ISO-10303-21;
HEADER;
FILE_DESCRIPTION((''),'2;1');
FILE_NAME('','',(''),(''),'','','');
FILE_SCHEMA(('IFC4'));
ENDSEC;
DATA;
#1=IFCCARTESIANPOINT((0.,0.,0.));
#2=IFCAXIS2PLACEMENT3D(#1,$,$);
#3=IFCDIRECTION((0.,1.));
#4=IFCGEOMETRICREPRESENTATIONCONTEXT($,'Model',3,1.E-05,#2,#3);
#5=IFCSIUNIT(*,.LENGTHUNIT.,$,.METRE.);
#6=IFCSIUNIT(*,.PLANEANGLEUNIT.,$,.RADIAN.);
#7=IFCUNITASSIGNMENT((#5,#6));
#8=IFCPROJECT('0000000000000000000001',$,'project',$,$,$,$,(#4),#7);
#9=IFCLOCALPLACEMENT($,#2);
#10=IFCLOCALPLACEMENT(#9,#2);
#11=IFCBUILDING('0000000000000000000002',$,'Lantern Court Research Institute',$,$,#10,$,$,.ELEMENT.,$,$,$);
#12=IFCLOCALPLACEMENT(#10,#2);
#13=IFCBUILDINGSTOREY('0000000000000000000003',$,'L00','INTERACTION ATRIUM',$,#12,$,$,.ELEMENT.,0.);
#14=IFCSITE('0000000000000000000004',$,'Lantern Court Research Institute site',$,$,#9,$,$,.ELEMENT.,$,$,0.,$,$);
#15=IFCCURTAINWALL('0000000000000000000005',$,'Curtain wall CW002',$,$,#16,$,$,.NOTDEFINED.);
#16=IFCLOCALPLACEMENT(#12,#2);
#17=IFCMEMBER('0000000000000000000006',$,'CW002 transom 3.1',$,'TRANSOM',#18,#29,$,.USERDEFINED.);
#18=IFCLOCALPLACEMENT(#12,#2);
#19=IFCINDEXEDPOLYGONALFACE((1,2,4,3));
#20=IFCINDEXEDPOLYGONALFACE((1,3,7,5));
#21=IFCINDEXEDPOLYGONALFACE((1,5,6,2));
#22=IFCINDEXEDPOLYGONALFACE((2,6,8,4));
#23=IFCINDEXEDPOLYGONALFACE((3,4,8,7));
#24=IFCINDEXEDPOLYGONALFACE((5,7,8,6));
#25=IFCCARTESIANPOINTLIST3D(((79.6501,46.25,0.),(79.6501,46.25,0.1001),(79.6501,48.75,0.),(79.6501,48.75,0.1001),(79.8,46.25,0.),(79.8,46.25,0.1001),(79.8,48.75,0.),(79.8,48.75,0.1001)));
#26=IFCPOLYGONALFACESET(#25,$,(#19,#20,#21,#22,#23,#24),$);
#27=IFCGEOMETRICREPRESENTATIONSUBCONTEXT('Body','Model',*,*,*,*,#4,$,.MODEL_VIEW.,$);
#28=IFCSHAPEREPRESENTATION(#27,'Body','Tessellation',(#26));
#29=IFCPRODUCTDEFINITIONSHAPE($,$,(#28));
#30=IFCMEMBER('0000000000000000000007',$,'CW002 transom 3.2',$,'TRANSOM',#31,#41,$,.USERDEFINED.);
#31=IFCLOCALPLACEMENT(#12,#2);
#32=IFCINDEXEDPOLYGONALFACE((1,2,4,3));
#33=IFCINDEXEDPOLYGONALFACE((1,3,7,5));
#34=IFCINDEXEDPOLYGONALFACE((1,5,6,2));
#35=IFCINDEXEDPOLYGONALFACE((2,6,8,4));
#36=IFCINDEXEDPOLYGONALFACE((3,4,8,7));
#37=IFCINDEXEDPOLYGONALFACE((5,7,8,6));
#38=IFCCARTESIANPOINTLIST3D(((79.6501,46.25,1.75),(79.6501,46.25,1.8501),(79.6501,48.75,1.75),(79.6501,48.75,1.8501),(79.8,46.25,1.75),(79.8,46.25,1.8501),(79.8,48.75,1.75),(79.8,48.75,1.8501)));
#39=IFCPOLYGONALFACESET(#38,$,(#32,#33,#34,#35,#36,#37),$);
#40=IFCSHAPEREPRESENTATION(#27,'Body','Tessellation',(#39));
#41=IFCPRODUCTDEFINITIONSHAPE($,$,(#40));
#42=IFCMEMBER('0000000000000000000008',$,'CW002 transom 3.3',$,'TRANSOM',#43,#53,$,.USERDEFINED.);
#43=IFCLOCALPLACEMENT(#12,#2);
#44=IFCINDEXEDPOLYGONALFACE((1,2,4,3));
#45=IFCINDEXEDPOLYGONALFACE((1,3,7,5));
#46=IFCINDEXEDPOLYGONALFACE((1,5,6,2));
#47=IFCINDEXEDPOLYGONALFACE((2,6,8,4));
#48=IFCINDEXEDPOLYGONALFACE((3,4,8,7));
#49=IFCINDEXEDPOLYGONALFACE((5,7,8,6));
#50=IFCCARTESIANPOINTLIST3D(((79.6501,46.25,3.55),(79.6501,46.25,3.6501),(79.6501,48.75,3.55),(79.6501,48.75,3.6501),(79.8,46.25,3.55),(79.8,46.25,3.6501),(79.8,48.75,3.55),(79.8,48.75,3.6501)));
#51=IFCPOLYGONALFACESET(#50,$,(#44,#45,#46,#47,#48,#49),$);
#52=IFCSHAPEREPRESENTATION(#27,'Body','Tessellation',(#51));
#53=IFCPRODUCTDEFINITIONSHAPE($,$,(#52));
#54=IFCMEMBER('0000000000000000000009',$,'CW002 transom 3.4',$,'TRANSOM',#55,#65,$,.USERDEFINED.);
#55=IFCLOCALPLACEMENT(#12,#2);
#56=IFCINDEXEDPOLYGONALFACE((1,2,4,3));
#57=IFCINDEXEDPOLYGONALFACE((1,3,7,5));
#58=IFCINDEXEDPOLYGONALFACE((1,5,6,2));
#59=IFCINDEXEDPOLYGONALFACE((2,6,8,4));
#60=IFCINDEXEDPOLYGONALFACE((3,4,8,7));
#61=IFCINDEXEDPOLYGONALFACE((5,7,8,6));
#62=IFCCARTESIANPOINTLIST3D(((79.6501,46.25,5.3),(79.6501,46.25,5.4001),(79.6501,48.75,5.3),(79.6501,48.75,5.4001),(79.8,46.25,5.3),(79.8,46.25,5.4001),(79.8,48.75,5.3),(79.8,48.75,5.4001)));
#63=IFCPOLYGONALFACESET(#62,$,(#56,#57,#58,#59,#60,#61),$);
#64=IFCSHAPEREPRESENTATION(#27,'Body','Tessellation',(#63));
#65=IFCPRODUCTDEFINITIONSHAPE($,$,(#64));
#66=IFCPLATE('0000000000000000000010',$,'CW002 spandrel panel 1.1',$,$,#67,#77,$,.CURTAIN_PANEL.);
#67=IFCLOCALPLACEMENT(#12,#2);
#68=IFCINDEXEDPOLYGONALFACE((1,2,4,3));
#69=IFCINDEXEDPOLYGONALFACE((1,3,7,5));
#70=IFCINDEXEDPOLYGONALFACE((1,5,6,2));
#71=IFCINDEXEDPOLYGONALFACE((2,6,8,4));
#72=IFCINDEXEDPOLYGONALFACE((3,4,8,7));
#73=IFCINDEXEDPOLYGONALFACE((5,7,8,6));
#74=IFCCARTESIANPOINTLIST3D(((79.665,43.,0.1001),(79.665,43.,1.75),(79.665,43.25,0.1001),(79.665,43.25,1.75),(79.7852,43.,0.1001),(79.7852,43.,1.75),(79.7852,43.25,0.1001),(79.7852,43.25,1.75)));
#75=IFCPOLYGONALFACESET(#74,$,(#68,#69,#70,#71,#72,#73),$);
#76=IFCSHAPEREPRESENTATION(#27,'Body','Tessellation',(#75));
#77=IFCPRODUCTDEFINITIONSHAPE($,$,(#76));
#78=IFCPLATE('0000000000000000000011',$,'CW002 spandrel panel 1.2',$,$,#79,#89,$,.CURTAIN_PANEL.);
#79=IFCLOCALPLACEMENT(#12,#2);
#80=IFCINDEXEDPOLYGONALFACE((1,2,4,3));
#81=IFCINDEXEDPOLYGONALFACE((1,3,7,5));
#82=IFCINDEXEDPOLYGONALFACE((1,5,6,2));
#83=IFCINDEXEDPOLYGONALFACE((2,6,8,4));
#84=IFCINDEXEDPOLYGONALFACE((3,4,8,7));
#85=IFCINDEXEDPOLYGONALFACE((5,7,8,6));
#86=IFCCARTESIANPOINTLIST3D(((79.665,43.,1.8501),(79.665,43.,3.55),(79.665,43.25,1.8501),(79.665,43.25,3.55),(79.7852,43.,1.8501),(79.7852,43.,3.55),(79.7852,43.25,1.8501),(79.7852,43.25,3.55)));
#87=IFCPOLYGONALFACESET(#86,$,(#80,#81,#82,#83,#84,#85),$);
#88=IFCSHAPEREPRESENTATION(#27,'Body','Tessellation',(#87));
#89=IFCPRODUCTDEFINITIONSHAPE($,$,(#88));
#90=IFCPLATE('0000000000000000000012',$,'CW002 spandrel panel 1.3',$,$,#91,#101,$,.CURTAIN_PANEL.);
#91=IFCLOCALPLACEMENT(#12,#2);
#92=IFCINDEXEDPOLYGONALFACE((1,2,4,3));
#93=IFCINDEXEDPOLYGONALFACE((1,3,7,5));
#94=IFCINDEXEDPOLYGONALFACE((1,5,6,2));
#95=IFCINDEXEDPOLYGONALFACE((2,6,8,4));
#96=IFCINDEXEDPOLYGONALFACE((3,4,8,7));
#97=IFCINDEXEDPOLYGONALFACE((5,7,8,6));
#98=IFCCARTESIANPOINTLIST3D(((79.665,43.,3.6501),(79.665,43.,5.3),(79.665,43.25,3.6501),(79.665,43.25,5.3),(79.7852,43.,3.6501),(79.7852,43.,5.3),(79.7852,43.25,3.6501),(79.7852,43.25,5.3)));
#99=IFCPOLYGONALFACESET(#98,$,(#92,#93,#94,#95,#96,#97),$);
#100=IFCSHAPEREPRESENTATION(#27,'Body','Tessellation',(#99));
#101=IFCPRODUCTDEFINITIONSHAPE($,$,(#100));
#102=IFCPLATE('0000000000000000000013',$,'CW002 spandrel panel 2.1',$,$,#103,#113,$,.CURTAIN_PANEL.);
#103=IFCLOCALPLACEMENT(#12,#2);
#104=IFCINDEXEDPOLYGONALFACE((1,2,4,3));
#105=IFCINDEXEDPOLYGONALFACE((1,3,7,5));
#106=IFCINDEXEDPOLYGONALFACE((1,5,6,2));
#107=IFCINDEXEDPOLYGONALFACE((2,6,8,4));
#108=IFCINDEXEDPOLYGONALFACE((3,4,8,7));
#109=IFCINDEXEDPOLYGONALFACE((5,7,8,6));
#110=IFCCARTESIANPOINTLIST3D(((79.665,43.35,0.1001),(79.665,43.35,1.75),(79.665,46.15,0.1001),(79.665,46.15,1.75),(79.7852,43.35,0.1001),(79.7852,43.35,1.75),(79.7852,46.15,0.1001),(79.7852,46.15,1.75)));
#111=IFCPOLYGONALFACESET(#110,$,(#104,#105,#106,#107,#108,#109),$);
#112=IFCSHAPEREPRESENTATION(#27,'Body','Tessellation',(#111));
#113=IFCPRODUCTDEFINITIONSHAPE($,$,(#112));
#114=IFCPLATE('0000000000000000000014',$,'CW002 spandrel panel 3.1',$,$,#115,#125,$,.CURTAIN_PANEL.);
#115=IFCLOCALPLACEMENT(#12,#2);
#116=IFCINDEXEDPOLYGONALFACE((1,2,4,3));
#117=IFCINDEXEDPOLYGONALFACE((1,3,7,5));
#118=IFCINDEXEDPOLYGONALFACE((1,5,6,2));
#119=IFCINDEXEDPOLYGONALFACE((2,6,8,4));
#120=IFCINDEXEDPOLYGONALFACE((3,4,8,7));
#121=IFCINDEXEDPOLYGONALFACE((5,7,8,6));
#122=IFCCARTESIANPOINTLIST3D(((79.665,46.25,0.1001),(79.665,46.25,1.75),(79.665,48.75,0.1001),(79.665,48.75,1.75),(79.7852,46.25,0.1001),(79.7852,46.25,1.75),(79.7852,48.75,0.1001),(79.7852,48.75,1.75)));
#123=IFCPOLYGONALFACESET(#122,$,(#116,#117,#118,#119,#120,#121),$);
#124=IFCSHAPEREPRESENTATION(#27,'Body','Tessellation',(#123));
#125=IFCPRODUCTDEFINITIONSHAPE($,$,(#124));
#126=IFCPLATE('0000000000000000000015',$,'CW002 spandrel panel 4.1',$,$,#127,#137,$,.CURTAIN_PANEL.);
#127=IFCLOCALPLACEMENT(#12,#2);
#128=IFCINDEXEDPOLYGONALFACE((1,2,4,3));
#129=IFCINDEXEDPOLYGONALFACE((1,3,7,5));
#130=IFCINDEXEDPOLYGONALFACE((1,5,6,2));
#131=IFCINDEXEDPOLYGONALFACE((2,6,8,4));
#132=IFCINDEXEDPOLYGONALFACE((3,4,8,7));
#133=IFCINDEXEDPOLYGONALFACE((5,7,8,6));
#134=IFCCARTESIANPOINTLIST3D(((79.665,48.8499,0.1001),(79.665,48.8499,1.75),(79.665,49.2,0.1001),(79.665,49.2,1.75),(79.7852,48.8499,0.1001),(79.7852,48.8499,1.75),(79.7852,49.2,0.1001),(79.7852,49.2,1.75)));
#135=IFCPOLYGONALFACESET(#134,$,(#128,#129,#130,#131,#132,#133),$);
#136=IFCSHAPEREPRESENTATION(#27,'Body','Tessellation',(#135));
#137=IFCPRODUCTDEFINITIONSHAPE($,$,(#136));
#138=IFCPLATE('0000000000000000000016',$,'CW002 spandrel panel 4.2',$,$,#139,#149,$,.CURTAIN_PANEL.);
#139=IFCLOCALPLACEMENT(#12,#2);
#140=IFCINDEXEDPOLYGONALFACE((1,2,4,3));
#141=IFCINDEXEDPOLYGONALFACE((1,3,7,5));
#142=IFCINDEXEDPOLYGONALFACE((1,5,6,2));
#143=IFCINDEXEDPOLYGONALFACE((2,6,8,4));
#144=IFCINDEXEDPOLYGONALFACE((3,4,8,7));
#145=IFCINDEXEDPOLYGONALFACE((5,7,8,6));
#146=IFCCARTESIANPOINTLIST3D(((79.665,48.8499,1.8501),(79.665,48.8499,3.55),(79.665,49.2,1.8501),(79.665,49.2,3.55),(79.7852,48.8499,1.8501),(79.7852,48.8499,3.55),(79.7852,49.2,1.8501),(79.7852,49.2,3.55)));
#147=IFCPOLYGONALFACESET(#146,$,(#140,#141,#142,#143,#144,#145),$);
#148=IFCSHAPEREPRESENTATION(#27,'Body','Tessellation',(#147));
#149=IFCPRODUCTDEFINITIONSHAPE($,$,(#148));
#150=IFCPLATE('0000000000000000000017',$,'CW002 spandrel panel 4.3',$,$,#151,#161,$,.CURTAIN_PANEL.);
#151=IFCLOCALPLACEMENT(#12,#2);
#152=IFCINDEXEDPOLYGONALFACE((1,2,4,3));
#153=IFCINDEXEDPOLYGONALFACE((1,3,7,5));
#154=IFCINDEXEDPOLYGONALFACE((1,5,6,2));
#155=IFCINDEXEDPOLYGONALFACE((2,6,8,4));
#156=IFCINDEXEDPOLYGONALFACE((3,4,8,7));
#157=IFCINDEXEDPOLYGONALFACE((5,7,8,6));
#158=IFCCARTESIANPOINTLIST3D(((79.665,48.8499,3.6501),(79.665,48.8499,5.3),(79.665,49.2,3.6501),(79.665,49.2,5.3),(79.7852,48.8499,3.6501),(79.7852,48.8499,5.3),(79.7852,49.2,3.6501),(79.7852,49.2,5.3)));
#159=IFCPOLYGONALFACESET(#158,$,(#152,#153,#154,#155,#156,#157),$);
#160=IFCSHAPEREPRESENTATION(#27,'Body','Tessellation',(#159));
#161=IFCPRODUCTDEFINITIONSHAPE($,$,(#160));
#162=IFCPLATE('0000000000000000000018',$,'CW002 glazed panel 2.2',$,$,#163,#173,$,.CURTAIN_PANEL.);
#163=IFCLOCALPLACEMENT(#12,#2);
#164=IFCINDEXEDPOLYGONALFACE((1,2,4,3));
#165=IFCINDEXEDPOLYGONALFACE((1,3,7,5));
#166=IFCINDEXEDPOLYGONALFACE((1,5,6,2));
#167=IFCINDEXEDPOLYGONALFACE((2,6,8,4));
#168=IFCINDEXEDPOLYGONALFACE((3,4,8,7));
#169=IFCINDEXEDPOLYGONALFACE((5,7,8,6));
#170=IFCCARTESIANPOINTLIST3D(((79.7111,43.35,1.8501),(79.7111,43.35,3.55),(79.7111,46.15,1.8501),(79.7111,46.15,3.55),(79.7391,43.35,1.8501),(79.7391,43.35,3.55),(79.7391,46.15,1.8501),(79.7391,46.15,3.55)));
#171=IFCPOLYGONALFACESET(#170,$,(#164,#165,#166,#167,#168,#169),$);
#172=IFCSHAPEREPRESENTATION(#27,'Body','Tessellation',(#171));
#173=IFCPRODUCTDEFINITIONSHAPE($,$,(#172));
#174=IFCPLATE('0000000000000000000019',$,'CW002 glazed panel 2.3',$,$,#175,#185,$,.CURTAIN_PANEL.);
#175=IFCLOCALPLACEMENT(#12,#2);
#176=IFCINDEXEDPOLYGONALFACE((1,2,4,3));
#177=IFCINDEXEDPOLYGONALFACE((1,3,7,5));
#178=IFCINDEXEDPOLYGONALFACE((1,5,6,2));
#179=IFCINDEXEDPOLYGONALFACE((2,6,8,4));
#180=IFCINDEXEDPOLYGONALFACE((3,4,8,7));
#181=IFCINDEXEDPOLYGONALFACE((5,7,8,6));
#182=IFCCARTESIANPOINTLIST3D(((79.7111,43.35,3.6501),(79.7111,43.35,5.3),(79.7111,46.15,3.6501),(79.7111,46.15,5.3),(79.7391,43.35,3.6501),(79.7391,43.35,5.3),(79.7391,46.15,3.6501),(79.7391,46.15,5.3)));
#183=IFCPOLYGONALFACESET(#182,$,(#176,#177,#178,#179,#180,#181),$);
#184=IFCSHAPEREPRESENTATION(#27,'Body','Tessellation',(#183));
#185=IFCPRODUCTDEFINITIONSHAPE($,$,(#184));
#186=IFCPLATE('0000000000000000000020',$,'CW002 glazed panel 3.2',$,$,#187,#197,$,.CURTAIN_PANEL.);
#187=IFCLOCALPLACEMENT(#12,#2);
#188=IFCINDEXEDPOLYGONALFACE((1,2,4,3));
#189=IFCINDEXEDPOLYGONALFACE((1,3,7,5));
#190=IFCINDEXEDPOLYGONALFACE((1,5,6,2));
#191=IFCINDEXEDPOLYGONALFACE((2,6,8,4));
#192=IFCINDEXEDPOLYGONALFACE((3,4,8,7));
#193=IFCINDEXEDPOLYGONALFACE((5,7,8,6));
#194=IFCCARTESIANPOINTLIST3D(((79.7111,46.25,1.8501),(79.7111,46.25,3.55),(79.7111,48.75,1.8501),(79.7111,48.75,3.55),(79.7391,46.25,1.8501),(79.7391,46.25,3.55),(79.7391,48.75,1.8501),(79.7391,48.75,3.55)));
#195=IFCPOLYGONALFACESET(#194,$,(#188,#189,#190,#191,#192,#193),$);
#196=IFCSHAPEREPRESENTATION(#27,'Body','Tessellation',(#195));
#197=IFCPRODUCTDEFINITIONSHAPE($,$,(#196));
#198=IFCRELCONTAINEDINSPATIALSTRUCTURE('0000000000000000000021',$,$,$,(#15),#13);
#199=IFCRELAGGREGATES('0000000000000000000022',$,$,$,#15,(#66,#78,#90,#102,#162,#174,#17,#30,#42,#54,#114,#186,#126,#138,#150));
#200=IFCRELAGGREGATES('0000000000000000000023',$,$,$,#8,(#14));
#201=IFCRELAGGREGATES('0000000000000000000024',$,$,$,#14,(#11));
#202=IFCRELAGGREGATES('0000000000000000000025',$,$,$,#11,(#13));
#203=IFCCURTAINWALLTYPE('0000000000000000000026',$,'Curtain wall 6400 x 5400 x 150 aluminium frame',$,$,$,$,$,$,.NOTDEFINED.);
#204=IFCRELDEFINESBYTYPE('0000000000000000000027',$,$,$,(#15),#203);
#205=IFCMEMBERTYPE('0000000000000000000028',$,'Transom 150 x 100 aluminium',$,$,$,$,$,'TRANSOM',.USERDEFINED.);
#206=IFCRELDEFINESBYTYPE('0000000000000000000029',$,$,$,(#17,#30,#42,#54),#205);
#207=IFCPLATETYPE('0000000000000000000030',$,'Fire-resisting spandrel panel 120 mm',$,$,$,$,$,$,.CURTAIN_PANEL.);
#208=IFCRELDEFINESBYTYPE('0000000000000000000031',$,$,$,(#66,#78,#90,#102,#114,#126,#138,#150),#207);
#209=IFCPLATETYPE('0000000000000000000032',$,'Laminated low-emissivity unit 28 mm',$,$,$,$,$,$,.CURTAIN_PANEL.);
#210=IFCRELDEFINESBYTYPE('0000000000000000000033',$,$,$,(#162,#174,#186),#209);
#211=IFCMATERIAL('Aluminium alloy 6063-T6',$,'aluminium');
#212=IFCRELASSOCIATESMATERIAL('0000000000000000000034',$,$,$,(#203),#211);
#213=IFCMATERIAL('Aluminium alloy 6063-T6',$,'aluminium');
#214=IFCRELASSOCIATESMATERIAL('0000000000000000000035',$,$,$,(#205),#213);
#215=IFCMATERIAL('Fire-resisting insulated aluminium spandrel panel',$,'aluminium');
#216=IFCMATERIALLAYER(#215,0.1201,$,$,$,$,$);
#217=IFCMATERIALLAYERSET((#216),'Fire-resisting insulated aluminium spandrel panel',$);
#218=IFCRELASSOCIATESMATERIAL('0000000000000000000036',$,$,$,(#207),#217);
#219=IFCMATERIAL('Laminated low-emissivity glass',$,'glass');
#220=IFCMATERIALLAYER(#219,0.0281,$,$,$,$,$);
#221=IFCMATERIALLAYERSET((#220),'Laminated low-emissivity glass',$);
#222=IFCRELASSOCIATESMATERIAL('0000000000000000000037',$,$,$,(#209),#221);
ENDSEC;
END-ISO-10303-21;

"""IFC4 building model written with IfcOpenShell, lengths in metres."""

from ifc_helpers import new_model, si_unit, direction, frame, origin, origin_2d, place, context, subcontext, project, spatial, rectangle, extrude, material, layer, layer_set, material_profile, profile_set, type_object, element, aggregate, save


model = new_model("IFC4")

# Units and contexts
model_context = context("Model", 3, precision=1e-05, world=origin(), true_north=direction((0.0, 1.0)))
body_context = subcontext(model_context, "Body", "Model", "MODEL_VIEW")
ifc_project = project(units=[si_unit("LENGTHUNIT", "METRE"), si_unit("PLANEANGLEUNIT", "RADIAN")], contexts=[model_context])

# Site, building, storey
site_placement = place(None, origin())
site = spatial("IfcSite", under=ifc_project, at=site_placement, Name="Lantern Court Research Institute site", CompositionType="ELEMENT", RefElevation=0.0)
building_placement = place(site_placement, origin())
building = spatial("IfcBuilding", under=site, at=building_placement, Name="Lantern Court Research Institute", CompositionType="ELEMENT")
storey_placement = place(building_placement, origin())
storey = spatial("IfcBuildingStorey", under=building, at=storey_placement, Name="L00", Description="INTERACTION ATRIUM", CompositionType="ELEMENT", Elevation=0.0)

# Curtain wall, members, plates
ifc_material_1 = material(Name="Aluminium alloy 6063-T6", Category="aluminium")
curtain_wall_type = type_object("IfcCurtainWallType", Name="Curtain wall 6400 x 5400 x 150 aluminium frame", PredefinedType="NOTDEFINED", material=ifc_material_1)
curtain_wall_placement = place(storey_placement, origin())
curtain_wall = element("IfcCurtainWall", 1, at=curtain_wall_placement, inside=storey, type_object=curtain_wall_type, Name="Curtain wall CW002", PredefinedType="NOTDEFINED")
ifc_material_2 = material(Name="Aluminium alloy 6063-T6", Category="aluminium")
ifc_material_profile_1 = material_profile(ifc_material_2, rectangle(XDim=0.1499, YDim=0.1001, at=origin_2d()), Name="Transom 150 x 100")
ifc_profile_set_1 = profile_set([ifc_material_profile_1], Name="Aluminium alloy 6063-T6")
member_type_1 = type_object("IfcMemberType", Name="Transom 150 x 100 aluminium", ElementType="TRANSOM", PredefinedType="USERDEFINED", material=ifc_profile_set_1)
member_1_placement = place(storey_placement, frame((79.7251, 48.75, 0.05), z_axis=(0.0, -1.0, 0.0), x_axis=(1.0, 0.0, 0.0)))
member_1 = element("IfcMember", 2, at=member_1_placement, type_object=member_type_1, Name="CW002 transom 3.1", ObjectType="TRANSOM", PredefinedType="USERDEFINED", context=body_context, shape_type="SweptSolid", body=[
    extrude(rectangle(XDim=0.1499, YDim=0.1001, at=origin_2d()), origin(), (0.0, 0.0, 1.0), 2.5),
])
member_2_placement = place(storey_placement, frame((79.7251, 48.75, 1.8), z_axis=(0.0, -1.0, 0.0), x_axis=(1.0, 0.0, 0.0)))
member_2 = element("IfcMember", 3, at=member_2_placement, type_object=member_type_1, Name="CW002 transom 3.2", ObjectType="TRANSOM", PredefinedType="USERDEFINED", context=body_context, shape_type="SweptSolid", body=[
    extrude(rectangle(XDim=0.1499, YDim=0.1001, at=origin_2d()), origin(), (0.0, 0.0, 1.0), 2.5),
])
member_3_placement = place(storey_placement, frame((79.7251, 48.75, 3.6001), z_axis=(0.0, -1.0, 0.0), x_axis=(1.0, 0.0, 0.0)))
member_3 = element("IfcMember", 4, at=member_3_placement, type_object=member_type_1, Name="CW002 transom 3.3", ObjectType="TRANSOM", PredefinedType="USERDEFINED", context=body_context, shape_type="SweptSolid", body=[
    extrude(rectangle(XDim=0.1499, YDim=0.1001, at=origin_2d()), origin(), (0.0, 0.0, 1.0), 2.5),
])
member_4_placement = place(storey_placement, frame((79.7251, 48.75, 5.3501), z_axis=(0.0, -1.0, 0.0), x_axis=(1.0, 0.0, 0.0)))
member_4 = element("IfcMember", 5, at=member_4_placement, type_object=member_type_1, Name="CW002 transom 3.4", ObjectType="TRANSOM", PredefinedType="USERDEFINED", context=body_context, shape_type="SweptSolid", body=[
    extrude(rectangle(XDim=0.1499, YDim=0.1001, at=origin_2d()), origin(), (0.0, 0.0, 1.0), 2.5),
])
ifc_material_3 = material(Name="Fire-resisting insulated aluminium spandrel panel", Category="aluminium")
ifc_layer_1 = layer(ifc_material_3, 0.1201)
ifc_layer_set_1 = layer_set([ifc_layer_1], Name="Fire-resisting insulated aluminium spandrel panel")
plate_type_1 = type_object("IfcPlateType", Name="Fire-resisting spandrel panel 120 mm", PredefinedType="CURTAIN_PANEL", material=ifc_layer_set_1)
plate_1_placement = place(storey_placement, frame((79.7251, 43.125, 0.1001), z_axis=(0.0, 0.0, 1.0), x_axis=(0.0, -1.0, 0.0)))
plate_1 = element("IfcPlate", 6, at=plate_1_placement, type_object=plate_type_1, Name="CW002 spandrel panel 1.1", PredefinedType="CURTAIN_PANEL", context=body_context, shape_type="SweptSolid", body=[
    extrude(rectangle(XDim=0.25, YDim=0.1201, at=origin_2d()), origin(), (0.0, 0.0, 1.0), 1.6499),
])
plate_2_placement = place(storey_placement, frame((79.7251, 43.125, 1.8501), z_axis=(0.0, 0.0, 1.0), x_axis=(0.0, -1.0, 0.0)))
plate_2 = element("IfcPlate", 7, at=plate_2_placement, type_object=plate_type_1, Name="CW002 spandrel panel 1.2", PredefinedType="CURTAIN_PANEL", context=body_context, shape_type="SweptSolid", body=[
    extrude(rectangle(XDim=0.25, YDim=0.1201, at=origin_2d()), origin(), (0.0, 0.0, 1.0), 1.7),
])
plate_3_placement = place(storey_placement, frame((79.7251, 43.125, 3.6501), z_axis=(0.0, 0.0, 1.0), x_axis=(0.0, -1.0, 0.0)))
plate_3 = element("IfcPlate", 8, at=plate_3_placement, type_object=plate_type_1, Name="CW002 spandrel panel 1.3", PredefinedType="CURTAIN_PANEL", context=body_context, shape_type="SweptSolid", body=[
    extrude(rectangle(XDim=0.25, YDim=0.1201, at=origin_2d()), origin(), (0.0, 0.0, 1.0), 1.6499),
])
plate_4_placement = place(storey_placement, frame((79.7251, 44.75, 0.1001), z_axis=(0.0, 0.0, 1.0), x_axis=(0.0, -1.0, 0.0)))
plate_4 = element("IfcPlate", 9, at=plate_4_placement, type_object=plate_type_1, Name="CW002 spandrel panel 2.1", PredefinedType="CURTAIN_PANEL", context=body_context, shape_type="SweptSolid", body=[
    extrude(rectangle(XDim=2.8, YDim=0.1201, at=origin_2d()), origin(), (0.0, 0.0, 1.0), 1.6499),
])
plate_5_placement = place(storey_placement, frame((79.7251, 47.5, 0.1001), z_axis=(0.0, 0.0, 1.0), x_axis=(0.0, -1.0, 0.0)))
plate_5 = element("IfcPlate", 10, at=plate_5_placement, type_object=plate_type_1, Name="CW002 spandrel panel 3.1", PredefinedType="CURTAIN_PANEL", context=body_context, shape_type="SweptSolid", body=[
    extrude(rectangle(XDim=2.5, YDim=0.1201, at=origin_2d()), origin(), (0.0, 0.0, 1.0), 1.6499),
])
plate_6_placement = place(storey_placement, frame((79.7251, 49.0249, 0.1001), z_axis=(0.0, 0.0, 1.0), x_axis=(0.0, -1.0, 0.0)))
plate_6 = element("IfcPlate", 11, at=plate_6_placement, type_object=plate_type_1, Name="CW002 spandrel panel 4.1", PredefinedType="CURTAIN_PANEL", context=body_context, shape_type="SweptSolid", body=[
    extrude(rectangle(XDim=0.3501, YDim=0.1201, at=origin_2d()), origin(), (0.0, 0.0, 1.0), 1.6499),
])
plate_7_placement = place(storey_placement, frame((79.7251, 49.0249, 1.8501), z_axis=(0.0, 0.0, 1.0), x_axis=(0.0, -1.0, 0.0)))
plate_7 = element("IfcPlate", 12, at=plate_7_placement, type_object=plate_type_1, Name="CW002 spandrel panel 4.2", PredefinedType="CURTAIN_PANEL", context=body_context, shape_type="SweptSolid", body=[
    extrude(rectangle(XDim=0.3501, YDim=0.1201, at=origin_2d()), origin(), (0.0, 0.0, 1.0), 1.7),
])
plate_8_placement = place(storey_placement, frame((79.7251, 49.0249, 3.6501), z_axis=(0.0, 0.0, 1.0), x_axis=(0.0, -1.0, 0.0)))
plate_8 = element("IfcPlate", 13, at=plate_8_placement, type_object=plate_type_1, Name="CW002 spandrel panel 4.3", PredefinedType="CURTAIN_PANEL", context=body_context, shape_type="SweptSolid", body=[
    extrude(rectangle(XDim=0.3501, YDim=0.1201, at=origin_2d()), origin(), (0.0, 0.0, 1.0), 1.6499),
])
ifc_material_4 = material(Name="Laminated low-emissivity glass", Category="glass")
ifc_layer_2 = layer(ifc_material_4, 0.0281)
ifc_layer_set_2 = layer_set([ifc_layer_2], Name="Laminated low-emissivity glass")
plate_type_2 = type_object("IfcPlateType", Name="Laminated low-emissivity unit 28 mm", PredefinedType="CURTAIN_PANEL", material=ifc_layer_set_2)
plate_9_placement = place(storey_placement, frame((79.7251, 44.75, 1.8501), z_axis=(0.0, 0.0, 1.0), x_axis=(0.0, -1.0, 0.0)))
plate_9 = element("IfcPlate", 14, at=plate_9_placement, type_object=plate_type_2, Name="CW002 glazed panel 2.2", PredefinedType="CURTAIN_PANEL", context=body_context, shape_type="SweptSolid", body=[
    extrude(rectangle(XDim=2.8, YDim=0.0281, at=origin_2d()), origin(), (0.0, 0.0, 1.0), 1.7),
])
plate_10_placement = place(storey_placement, frame((79.7251, 44.75, 3.6501), z_axis=(0.0, 0.0, 1.0), x_axis=(0.0, -1.0, 0.0)))
plate_10 = element("IfcPlate", 15, at=plate_10_placement, type_object=plate_type_2, Name="CW002 glazed panel 2.3", PredefinedType="CURTAIN_PANEL", context=body_context, shape_type="SweptSolid", body=[
    extrude(rectangle(XDim=2.8, YDim=0.0281, at=origin_2d()), origin(), (0.0, 0.0, 1.0), 1.6499),
])
plate_11_placement = place(storey_placement, frame((79.7251, 47.5, 1.8501), z_axis=(0.0, 0.0, 1.0), x_axis=(0.0, -1.0, 0.0)))
plate_11 = element("IfcPlate", 16, at=plate_11_placement, type_object=plate_type_2, Name="CW002 glazed panel 3.2", PredefinedType="CURTAIN_PANEL", context=body_context, shape_type="SweptSolid", body=[
    extrude(rectangle(XDim=2.5, YDim=0.0281, at=origin_2d()), origin(), (0.0, 0.0, 1.0), 1.7),
])
aggregate(curtain_wall, [plate_1, plate_2, plate_3, plate_4, plate_9, plate_10, member_1, member_2, member_3, member_4, plate_5, plate_11, plate_6, plate_7, plate_8])

save(model, "model.ifc")
